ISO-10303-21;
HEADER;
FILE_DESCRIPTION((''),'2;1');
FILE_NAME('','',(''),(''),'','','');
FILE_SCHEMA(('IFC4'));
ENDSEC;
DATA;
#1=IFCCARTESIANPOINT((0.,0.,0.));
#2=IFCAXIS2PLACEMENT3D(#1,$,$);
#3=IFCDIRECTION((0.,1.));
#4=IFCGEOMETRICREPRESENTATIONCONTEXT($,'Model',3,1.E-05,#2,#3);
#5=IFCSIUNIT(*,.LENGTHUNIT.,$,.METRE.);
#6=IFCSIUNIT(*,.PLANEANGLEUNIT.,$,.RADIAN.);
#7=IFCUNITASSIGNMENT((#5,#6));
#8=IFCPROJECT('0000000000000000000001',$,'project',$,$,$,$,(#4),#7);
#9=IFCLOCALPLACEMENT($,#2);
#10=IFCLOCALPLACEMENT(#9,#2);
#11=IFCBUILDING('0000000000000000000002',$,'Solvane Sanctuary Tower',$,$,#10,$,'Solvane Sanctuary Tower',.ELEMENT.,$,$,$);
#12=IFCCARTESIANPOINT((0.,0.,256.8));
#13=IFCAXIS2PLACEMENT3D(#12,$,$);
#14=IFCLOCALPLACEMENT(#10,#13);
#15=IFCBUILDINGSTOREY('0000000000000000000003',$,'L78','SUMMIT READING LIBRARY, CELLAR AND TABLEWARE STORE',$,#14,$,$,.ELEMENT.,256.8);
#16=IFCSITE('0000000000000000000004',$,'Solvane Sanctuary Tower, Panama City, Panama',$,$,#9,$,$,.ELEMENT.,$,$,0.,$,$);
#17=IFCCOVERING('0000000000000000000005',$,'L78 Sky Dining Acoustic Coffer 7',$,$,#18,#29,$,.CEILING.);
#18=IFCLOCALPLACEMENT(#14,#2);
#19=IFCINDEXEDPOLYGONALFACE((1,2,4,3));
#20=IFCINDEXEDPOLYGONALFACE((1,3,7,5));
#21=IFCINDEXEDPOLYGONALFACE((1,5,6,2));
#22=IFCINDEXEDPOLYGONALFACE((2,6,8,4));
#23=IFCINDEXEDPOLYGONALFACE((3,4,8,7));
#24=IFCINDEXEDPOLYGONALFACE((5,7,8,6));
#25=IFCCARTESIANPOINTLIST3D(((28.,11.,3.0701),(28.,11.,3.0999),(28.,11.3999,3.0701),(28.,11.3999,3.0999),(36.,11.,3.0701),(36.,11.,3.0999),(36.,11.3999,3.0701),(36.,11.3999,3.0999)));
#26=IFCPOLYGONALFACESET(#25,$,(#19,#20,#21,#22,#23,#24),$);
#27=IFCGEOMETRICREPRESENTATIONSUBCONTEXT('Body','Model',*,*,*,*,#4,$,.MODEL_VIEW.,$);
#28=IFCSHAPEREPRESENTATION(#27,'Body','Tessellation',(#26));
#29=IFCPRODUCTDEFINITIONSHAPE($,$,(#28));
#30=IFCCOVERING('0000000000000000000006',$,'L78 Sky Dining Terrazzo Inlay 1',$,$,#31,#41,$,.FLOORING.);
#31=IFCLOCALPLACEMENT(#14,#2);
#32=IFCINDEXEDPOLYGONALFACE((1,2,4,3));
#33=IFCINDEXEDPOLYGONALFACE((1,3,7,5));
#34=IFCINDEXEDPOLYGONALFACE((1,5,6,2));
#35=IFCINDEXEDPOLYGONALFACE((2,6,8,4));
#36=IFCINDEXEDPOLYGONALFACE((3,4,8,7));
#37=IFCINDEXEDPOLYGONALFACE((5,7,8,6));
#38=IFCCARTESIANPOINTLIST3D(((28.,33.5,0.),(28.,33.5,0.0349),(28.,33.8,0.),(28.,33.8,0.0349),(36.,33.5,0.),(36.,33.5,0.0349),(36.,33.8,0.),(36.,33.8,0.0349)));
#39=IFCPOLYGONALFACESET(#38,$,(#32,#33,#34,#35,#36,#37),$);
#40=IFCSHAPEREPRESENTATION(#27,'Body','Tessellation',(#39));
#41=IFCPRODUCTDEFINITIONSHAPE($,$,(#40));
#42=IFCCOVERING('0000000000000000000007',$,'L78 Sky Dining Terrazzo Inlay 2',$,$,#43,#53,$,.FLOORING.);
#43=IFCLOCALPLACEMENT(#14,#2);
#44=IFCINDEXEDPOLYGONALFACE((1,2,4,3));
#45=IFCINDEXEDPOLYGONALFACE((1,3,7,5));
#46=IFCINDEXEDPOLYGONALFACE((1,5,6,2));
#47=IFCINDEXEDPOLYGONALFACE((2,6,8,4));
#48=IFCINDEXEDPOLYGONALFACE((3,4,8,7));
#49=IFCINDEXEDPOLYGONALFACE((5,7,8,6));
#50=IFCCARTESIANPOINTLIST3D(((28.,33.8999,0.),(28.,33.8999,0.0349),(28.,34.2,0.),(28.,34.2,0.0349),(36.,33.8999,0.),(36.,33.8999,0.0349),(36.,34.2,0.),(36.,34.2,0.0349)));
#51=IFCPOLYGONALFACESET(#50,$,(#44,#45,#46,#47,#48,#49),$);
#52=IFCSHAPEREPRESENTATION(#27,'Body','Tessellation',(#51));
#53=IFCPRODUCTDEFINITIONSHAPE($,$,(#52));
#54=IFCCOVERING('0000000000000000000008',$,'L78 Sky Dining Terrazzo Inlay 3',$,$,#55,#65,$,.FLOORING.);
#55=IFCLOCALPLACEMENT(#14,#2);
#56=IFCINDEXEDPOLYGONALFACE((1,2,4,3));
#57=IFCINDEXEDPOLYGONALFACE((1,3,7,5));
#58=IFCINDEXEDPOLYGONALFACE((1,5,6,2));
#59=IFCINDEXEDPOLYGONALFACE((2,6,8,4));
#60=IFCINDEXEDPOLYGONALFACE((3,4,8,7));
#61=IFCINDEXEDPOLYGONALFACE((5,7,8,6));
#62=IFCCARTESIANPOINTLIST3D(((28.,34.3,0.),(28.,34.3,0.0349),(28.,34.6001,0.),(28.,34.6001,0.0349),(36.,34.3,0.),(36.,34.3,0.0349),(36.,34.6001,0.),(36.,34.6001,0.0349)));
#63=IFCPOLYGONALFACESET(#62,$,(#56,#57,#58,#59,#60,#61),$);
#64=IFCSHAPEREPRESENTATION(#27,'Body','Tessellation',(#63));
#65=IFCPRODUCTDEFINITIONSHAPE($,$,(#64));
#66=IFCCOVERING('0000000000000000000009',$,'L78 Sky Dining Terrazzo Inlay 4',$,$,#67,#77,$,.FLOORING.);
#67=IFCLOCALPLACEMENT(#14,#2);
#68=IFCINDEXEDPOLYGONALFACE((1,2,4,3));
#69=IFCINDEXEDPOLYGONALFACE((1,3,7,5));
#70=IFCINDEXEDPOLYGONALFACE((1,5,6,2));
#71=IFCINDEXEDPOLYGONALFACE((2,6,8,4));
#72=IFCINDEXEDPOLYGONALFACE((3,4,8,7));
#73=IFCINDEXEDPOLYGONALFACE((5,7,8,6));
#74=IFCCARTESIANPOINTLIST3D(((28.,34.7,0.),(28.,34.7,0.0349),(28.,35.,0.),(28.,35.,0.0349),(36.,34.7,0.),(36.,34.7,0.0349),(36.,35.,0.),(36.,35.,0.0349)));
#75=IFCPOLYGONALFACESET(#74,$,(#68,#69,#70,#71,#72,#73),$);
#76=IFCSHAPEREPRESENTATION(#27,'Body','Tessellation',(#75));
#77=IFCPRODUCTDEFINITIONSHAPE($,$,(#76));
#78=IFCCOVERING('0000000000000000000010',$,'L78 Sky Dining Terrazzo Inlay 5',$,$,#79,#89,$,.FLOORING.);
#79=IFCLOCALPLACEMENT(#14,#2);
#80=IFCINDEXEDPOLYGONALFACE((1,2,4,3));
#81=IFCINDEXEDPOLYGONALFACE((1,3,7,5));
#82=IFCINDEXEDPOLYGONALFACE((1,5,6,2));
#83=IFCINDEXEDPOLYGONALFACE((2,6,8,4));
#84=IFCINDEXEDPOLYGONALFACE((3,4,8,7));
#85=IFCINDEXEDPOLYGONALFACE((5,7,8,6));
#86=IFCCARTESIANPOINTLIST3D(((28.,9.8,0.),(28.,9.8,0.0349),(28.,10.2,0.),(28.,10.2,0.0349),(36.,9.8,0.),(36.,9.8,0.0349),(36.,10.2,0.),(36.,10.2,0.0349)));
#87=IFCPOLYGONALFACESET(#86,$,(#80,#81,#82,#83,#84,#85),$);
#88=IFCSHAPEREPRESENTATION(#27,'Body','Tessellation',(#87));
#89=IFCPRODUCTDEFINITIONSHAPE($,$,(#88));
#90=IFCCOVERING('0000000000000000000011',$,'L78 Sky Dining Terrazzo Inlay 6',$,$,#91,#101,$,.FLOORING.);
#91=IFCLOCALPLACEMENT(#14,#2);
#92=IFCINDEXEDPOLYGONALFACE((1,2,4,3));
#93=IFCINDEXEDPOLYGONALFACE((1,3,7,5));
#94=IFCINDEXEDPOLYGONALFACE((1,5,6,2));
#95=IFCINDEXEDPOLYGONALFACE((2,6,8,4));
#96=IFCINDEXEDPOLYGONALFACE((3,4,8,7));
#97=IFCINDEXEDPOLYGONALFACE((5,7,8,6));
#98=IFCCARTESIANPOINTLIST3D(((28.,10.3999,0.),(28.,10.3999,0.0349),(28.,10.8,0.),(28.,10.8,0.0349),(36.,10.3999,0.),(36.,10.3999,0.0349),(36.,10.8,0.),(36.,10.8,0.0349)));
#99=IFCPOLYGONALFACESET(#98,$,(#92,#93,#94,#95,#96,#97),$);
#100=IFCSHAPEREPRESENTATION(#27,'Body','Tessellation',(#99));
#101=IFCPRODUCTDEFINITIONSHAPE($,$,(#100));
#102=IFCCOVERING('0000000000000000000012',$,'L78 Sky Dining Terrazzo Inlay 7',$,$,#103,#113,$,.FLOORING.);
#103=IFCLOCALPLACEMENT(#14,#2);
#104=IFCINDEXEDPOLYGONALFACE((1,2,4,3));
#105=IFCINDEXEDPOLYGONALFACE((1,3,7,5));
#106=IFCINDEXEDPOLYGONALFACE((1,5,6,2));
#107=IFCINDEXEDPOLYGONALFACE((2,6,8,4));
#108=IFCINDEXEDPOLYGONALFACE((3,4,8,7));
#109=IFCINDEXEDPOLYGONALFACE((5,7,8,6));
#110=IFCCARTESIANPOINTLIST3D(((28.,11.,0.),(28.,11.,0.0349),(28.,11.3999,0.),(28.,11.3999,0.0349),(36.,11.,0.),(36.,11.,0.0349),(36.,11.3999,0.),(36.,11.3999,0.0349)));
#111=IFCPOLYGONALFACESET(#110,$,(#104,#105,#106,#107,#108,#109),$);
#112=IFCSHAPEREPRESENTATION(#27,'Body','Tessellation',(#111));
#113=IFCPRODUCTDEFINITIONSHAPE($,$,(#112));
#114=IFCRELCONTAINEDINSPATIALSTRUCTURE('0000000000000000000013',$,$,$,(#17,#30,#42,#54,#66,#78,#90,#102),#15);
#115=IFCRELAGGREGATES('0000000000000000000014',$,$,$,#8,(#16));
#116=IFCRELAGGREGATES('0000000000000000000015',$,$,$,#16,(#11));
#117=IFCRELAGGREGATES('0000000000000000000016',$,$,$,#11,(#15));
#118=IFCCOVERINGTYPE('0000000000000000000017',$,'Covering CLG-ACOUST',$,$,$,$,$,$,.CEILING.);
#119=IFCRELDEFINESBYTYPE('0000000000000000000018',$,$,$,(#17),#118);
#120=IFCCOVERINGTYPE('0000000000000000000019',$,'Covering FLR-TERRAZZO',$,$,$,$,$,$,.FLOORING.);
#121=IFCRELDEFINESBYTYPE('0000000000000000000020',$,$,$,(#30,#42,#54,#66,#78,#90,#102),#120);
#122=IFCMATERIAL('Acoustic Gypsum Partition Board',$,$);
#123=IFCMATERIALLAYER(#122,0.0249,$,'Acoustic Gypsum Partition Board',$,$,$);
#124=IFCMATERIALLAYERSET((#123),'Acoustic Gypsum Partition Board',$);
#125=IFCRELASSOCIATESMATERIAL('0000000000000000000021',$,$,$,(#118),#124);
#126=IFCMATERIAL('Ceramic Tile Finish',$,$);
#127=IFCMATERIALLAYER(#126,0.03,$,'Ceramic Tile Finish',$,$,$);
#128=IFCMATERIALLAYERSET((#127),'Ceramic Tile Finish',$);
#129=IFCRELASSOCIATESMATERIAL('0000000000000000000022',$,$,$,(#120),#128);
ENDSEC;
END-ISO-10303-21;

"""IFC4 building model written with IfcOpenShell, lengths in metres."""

from ifc_helpers import new_model, si_unit, direction, frame, origin, place, context, subcontext, project, spatial, polyline, outline, extrude, material, layer, layer_set, type_object, element, save


model = new_model("IFC4")

# Units and contexts
model_context = context("Model", 3, precision=1e-05, world=origin(), true_north=direction((0.0, 1.0)))
body_context = subcontext(model_context, "Body", "Model", "MODEL_VIEW")
ifc_project = project(units=[si_unit("LENGTHUNIT", "METRE"), si_unit("PLANEANGLEUNIT", "RADIAN")], contexts=[model_context])

# Site, building, storey
site_placement = place(None, origin())
site = spatial("IfcSite", under=ifc_project, at=site_placement, Name="Solvane Sanctuary Tower, Panama City, Panama", CompositionType="ELEMENT", RefElevation=0.0)
building_placement = place(site_placement, origin())
building = spatial("IfcBuilding", under=site, at=building_placement, Name="Solvane Sanctuary Tower", LongName="Solvane Sanctuary Tower", CompositionType="ELEMENT")
storey_placement = place(building_placement, frame((0.0, 0.0, 256.8)))
storey = spatial("IfcBuildingStorey", under=building, at=storey_placement, Name="L78", Description="SUMMIT READING LIBRARY, CELLAR AND TABLEWARE STORE", CompositionType="ELEMENT", Elevation=256.8)

# Shared definitions
ifc_material_1 = material(Name="Acoustic Gypsum Partition Board")

# Coverings
ifc_layer_1 = layer(ifc_material_1, 0.0249, Name="Acoustic Gypsum Partition Board")
ifc_layer_set_1 = layer_set([ifc_layer_1], Name="Acoustic Gypsum Partition Board")
covering_type_1 = type_object("IfcCoveringType", Name="Covering CLG-ACOUST", PredefinedType="CEILING", material=ifc_layer_set_1)
covering_1_placement = place(storey_placement, frame((0.0, 0.0, 3.0701)))
element("IfcCovering", 1, at=covering_1_placement, inside=storey, type_object=covering_type_1, Name="L78 Sky Dining Acoustic Coffer 7", PredefinedType="CEILING", context=body_context, shape_type="SweptSolid", body=[
    extrude(outline(polyline([(28.0, 11.0), (36.0, 11.0), (36.0, 11.3999), (28.0, 11.3999), (28.0, 11.0)])), origin(), (0.0, 0.0, 1.0), 0.0298),
])
ifc_material_2 = material(Name="Ceramic Tile Finish")
ifc_layer_2 = layer(ifc_material_2, 0.03, Name="Ceramic Tile Finish")
ifc_layer_set_2 = layer_set([ifc_layer_2], Name="Ceramic Tile Finish")
covering_type_2 = type_object("IfcCoveringType", Name="Covering FLR-TERRAZZO", PredefinedType="FLOORING", material=ifc_layer_set_2)
covering_2_placement = place(storey_placement, origin())
element("IfcCovering", 2, at=covering_2_placement, inside=storey, type_object=covering_type_2, Name="L78 Sky Dining Terrazzo Inlay 1", PredefinedType="FLOORING", context=body_context, shape_type="SweptSolid", body=[
    extrude(outline(polyline([(28.0, 33.5), (36.0, 33.5), (36.0, 33.8), (28.0, 33.8), (28.0, 33.5)])), origin(), (0.0, 0.0, 1.0), 0.0349),
])
covering_3_placement = place(storey_placement, origin())
element("IfcCovering", 3, at=covering_3_placement, inside=storey, type_object=covering_type_2, Name="L78 Sky Dining Terrazzo Inlay 2", PredefinedType="FLOORING", context=body_context, shape_type="SweptSolid", body=[
    extrude(outline(polyline([(28.0, 33.8999), (36.0, 33.8999), (36.0, 34.2), (28.0, 34.2), (28.0, 33.8999)])), origin(), (0.0, 0.0, 1.0), 0.0349),
])
covering_4_placement = place(storey_placement, origin())
element("IfcCovering", 4, at=covering_4_placement, inside=storey, type_object=covering_type_2, Name="L78 Sky Dining Terrazzo Inlay 3", PredefinedType="FLOORING", context=body_context, shape_type="SweptSolid", body=[
    extrude(outline(polyline([(28.0, 34.3), (36.0, 34.3), (36.0, 34.6001), (28.0, 34.6001), (28.0, 34.3)])), origin(), (0.0, 0.0, 1.0), 0.0349),
])
covering_5_placement = place(storey_placement, origin())
element("IfcCovering", 5, at=covering_5_placement, inside=storey, type_object=covering_type_2, Name="L78 Sky Dining Terrazzo Inlay 4", PredefinedType="FLOORING", context=body_context, shape_type="SweptSolid", body=[
    extrude(outline(polyline([(28.0, 34.7), (36.0, 34.7), (36.0, 35.0), (28.0, 35.0), (28.0, 34.7)])), origin(), (0.0, 0.0, 1.0), 0.0349),
])
covering_6_placement = place(storey_placement, origin())
element("IfcCovering", 6, at=covering_6_placement, inside=storey, type_object=covering_type_2, Name="L78 Sky Dining Terrazzo Inlay 5", PredefinedType="FLOORING", context=body_context, shape_type="SweptSolid", body=[
    extrude(outline(polyline([(28.0, 9.8), (36.0, 9.8), (36.0, 10.2), (28.0, 10.2), (28.0, 9.8)])), origin(), (0.0, 0.0, 1.0), 0.0349),
])
covering_7_placement = place(storey_placement, origin())
element("IfcCovering", 7, at=covering_7_placement, inside=storey, type_object=covering_type_2, Name="L78 Sky Dining Terrazzo Inlay 6", PredefinedType="FLOORING", context=body_context, shape_type="SweptSolid", body=[
    extrude(outline(polyline([(28.0, 10.3999), (36.0, 10.3999), (36.0, 10.8), (28.0, 10.8), (28.0, 10.3999)])), origin(), (0.0, 0.0, 1.0), 0.0349),
])
covering_8_placement = place(storey_placement, origin())
element("IfcCovering", 8, at=covering_8_placement, inside=storey, type_object=covering_type_2, Name="L78 Sky Dining Terrazzo Inlay 7", PredefinedType="FLOORING", context=body_context, shape_type="SweptSolid", body=[
    extrude(outline(polyline([(28.0, 11.0), (36.0, 11.0), (36.0, 11.3999), (28.0, 11.3999), (28.0, 11.0)])), origin(), (0.0, 0.0, 1.0), 0.0349),
])

save(model, "model.ifc")
